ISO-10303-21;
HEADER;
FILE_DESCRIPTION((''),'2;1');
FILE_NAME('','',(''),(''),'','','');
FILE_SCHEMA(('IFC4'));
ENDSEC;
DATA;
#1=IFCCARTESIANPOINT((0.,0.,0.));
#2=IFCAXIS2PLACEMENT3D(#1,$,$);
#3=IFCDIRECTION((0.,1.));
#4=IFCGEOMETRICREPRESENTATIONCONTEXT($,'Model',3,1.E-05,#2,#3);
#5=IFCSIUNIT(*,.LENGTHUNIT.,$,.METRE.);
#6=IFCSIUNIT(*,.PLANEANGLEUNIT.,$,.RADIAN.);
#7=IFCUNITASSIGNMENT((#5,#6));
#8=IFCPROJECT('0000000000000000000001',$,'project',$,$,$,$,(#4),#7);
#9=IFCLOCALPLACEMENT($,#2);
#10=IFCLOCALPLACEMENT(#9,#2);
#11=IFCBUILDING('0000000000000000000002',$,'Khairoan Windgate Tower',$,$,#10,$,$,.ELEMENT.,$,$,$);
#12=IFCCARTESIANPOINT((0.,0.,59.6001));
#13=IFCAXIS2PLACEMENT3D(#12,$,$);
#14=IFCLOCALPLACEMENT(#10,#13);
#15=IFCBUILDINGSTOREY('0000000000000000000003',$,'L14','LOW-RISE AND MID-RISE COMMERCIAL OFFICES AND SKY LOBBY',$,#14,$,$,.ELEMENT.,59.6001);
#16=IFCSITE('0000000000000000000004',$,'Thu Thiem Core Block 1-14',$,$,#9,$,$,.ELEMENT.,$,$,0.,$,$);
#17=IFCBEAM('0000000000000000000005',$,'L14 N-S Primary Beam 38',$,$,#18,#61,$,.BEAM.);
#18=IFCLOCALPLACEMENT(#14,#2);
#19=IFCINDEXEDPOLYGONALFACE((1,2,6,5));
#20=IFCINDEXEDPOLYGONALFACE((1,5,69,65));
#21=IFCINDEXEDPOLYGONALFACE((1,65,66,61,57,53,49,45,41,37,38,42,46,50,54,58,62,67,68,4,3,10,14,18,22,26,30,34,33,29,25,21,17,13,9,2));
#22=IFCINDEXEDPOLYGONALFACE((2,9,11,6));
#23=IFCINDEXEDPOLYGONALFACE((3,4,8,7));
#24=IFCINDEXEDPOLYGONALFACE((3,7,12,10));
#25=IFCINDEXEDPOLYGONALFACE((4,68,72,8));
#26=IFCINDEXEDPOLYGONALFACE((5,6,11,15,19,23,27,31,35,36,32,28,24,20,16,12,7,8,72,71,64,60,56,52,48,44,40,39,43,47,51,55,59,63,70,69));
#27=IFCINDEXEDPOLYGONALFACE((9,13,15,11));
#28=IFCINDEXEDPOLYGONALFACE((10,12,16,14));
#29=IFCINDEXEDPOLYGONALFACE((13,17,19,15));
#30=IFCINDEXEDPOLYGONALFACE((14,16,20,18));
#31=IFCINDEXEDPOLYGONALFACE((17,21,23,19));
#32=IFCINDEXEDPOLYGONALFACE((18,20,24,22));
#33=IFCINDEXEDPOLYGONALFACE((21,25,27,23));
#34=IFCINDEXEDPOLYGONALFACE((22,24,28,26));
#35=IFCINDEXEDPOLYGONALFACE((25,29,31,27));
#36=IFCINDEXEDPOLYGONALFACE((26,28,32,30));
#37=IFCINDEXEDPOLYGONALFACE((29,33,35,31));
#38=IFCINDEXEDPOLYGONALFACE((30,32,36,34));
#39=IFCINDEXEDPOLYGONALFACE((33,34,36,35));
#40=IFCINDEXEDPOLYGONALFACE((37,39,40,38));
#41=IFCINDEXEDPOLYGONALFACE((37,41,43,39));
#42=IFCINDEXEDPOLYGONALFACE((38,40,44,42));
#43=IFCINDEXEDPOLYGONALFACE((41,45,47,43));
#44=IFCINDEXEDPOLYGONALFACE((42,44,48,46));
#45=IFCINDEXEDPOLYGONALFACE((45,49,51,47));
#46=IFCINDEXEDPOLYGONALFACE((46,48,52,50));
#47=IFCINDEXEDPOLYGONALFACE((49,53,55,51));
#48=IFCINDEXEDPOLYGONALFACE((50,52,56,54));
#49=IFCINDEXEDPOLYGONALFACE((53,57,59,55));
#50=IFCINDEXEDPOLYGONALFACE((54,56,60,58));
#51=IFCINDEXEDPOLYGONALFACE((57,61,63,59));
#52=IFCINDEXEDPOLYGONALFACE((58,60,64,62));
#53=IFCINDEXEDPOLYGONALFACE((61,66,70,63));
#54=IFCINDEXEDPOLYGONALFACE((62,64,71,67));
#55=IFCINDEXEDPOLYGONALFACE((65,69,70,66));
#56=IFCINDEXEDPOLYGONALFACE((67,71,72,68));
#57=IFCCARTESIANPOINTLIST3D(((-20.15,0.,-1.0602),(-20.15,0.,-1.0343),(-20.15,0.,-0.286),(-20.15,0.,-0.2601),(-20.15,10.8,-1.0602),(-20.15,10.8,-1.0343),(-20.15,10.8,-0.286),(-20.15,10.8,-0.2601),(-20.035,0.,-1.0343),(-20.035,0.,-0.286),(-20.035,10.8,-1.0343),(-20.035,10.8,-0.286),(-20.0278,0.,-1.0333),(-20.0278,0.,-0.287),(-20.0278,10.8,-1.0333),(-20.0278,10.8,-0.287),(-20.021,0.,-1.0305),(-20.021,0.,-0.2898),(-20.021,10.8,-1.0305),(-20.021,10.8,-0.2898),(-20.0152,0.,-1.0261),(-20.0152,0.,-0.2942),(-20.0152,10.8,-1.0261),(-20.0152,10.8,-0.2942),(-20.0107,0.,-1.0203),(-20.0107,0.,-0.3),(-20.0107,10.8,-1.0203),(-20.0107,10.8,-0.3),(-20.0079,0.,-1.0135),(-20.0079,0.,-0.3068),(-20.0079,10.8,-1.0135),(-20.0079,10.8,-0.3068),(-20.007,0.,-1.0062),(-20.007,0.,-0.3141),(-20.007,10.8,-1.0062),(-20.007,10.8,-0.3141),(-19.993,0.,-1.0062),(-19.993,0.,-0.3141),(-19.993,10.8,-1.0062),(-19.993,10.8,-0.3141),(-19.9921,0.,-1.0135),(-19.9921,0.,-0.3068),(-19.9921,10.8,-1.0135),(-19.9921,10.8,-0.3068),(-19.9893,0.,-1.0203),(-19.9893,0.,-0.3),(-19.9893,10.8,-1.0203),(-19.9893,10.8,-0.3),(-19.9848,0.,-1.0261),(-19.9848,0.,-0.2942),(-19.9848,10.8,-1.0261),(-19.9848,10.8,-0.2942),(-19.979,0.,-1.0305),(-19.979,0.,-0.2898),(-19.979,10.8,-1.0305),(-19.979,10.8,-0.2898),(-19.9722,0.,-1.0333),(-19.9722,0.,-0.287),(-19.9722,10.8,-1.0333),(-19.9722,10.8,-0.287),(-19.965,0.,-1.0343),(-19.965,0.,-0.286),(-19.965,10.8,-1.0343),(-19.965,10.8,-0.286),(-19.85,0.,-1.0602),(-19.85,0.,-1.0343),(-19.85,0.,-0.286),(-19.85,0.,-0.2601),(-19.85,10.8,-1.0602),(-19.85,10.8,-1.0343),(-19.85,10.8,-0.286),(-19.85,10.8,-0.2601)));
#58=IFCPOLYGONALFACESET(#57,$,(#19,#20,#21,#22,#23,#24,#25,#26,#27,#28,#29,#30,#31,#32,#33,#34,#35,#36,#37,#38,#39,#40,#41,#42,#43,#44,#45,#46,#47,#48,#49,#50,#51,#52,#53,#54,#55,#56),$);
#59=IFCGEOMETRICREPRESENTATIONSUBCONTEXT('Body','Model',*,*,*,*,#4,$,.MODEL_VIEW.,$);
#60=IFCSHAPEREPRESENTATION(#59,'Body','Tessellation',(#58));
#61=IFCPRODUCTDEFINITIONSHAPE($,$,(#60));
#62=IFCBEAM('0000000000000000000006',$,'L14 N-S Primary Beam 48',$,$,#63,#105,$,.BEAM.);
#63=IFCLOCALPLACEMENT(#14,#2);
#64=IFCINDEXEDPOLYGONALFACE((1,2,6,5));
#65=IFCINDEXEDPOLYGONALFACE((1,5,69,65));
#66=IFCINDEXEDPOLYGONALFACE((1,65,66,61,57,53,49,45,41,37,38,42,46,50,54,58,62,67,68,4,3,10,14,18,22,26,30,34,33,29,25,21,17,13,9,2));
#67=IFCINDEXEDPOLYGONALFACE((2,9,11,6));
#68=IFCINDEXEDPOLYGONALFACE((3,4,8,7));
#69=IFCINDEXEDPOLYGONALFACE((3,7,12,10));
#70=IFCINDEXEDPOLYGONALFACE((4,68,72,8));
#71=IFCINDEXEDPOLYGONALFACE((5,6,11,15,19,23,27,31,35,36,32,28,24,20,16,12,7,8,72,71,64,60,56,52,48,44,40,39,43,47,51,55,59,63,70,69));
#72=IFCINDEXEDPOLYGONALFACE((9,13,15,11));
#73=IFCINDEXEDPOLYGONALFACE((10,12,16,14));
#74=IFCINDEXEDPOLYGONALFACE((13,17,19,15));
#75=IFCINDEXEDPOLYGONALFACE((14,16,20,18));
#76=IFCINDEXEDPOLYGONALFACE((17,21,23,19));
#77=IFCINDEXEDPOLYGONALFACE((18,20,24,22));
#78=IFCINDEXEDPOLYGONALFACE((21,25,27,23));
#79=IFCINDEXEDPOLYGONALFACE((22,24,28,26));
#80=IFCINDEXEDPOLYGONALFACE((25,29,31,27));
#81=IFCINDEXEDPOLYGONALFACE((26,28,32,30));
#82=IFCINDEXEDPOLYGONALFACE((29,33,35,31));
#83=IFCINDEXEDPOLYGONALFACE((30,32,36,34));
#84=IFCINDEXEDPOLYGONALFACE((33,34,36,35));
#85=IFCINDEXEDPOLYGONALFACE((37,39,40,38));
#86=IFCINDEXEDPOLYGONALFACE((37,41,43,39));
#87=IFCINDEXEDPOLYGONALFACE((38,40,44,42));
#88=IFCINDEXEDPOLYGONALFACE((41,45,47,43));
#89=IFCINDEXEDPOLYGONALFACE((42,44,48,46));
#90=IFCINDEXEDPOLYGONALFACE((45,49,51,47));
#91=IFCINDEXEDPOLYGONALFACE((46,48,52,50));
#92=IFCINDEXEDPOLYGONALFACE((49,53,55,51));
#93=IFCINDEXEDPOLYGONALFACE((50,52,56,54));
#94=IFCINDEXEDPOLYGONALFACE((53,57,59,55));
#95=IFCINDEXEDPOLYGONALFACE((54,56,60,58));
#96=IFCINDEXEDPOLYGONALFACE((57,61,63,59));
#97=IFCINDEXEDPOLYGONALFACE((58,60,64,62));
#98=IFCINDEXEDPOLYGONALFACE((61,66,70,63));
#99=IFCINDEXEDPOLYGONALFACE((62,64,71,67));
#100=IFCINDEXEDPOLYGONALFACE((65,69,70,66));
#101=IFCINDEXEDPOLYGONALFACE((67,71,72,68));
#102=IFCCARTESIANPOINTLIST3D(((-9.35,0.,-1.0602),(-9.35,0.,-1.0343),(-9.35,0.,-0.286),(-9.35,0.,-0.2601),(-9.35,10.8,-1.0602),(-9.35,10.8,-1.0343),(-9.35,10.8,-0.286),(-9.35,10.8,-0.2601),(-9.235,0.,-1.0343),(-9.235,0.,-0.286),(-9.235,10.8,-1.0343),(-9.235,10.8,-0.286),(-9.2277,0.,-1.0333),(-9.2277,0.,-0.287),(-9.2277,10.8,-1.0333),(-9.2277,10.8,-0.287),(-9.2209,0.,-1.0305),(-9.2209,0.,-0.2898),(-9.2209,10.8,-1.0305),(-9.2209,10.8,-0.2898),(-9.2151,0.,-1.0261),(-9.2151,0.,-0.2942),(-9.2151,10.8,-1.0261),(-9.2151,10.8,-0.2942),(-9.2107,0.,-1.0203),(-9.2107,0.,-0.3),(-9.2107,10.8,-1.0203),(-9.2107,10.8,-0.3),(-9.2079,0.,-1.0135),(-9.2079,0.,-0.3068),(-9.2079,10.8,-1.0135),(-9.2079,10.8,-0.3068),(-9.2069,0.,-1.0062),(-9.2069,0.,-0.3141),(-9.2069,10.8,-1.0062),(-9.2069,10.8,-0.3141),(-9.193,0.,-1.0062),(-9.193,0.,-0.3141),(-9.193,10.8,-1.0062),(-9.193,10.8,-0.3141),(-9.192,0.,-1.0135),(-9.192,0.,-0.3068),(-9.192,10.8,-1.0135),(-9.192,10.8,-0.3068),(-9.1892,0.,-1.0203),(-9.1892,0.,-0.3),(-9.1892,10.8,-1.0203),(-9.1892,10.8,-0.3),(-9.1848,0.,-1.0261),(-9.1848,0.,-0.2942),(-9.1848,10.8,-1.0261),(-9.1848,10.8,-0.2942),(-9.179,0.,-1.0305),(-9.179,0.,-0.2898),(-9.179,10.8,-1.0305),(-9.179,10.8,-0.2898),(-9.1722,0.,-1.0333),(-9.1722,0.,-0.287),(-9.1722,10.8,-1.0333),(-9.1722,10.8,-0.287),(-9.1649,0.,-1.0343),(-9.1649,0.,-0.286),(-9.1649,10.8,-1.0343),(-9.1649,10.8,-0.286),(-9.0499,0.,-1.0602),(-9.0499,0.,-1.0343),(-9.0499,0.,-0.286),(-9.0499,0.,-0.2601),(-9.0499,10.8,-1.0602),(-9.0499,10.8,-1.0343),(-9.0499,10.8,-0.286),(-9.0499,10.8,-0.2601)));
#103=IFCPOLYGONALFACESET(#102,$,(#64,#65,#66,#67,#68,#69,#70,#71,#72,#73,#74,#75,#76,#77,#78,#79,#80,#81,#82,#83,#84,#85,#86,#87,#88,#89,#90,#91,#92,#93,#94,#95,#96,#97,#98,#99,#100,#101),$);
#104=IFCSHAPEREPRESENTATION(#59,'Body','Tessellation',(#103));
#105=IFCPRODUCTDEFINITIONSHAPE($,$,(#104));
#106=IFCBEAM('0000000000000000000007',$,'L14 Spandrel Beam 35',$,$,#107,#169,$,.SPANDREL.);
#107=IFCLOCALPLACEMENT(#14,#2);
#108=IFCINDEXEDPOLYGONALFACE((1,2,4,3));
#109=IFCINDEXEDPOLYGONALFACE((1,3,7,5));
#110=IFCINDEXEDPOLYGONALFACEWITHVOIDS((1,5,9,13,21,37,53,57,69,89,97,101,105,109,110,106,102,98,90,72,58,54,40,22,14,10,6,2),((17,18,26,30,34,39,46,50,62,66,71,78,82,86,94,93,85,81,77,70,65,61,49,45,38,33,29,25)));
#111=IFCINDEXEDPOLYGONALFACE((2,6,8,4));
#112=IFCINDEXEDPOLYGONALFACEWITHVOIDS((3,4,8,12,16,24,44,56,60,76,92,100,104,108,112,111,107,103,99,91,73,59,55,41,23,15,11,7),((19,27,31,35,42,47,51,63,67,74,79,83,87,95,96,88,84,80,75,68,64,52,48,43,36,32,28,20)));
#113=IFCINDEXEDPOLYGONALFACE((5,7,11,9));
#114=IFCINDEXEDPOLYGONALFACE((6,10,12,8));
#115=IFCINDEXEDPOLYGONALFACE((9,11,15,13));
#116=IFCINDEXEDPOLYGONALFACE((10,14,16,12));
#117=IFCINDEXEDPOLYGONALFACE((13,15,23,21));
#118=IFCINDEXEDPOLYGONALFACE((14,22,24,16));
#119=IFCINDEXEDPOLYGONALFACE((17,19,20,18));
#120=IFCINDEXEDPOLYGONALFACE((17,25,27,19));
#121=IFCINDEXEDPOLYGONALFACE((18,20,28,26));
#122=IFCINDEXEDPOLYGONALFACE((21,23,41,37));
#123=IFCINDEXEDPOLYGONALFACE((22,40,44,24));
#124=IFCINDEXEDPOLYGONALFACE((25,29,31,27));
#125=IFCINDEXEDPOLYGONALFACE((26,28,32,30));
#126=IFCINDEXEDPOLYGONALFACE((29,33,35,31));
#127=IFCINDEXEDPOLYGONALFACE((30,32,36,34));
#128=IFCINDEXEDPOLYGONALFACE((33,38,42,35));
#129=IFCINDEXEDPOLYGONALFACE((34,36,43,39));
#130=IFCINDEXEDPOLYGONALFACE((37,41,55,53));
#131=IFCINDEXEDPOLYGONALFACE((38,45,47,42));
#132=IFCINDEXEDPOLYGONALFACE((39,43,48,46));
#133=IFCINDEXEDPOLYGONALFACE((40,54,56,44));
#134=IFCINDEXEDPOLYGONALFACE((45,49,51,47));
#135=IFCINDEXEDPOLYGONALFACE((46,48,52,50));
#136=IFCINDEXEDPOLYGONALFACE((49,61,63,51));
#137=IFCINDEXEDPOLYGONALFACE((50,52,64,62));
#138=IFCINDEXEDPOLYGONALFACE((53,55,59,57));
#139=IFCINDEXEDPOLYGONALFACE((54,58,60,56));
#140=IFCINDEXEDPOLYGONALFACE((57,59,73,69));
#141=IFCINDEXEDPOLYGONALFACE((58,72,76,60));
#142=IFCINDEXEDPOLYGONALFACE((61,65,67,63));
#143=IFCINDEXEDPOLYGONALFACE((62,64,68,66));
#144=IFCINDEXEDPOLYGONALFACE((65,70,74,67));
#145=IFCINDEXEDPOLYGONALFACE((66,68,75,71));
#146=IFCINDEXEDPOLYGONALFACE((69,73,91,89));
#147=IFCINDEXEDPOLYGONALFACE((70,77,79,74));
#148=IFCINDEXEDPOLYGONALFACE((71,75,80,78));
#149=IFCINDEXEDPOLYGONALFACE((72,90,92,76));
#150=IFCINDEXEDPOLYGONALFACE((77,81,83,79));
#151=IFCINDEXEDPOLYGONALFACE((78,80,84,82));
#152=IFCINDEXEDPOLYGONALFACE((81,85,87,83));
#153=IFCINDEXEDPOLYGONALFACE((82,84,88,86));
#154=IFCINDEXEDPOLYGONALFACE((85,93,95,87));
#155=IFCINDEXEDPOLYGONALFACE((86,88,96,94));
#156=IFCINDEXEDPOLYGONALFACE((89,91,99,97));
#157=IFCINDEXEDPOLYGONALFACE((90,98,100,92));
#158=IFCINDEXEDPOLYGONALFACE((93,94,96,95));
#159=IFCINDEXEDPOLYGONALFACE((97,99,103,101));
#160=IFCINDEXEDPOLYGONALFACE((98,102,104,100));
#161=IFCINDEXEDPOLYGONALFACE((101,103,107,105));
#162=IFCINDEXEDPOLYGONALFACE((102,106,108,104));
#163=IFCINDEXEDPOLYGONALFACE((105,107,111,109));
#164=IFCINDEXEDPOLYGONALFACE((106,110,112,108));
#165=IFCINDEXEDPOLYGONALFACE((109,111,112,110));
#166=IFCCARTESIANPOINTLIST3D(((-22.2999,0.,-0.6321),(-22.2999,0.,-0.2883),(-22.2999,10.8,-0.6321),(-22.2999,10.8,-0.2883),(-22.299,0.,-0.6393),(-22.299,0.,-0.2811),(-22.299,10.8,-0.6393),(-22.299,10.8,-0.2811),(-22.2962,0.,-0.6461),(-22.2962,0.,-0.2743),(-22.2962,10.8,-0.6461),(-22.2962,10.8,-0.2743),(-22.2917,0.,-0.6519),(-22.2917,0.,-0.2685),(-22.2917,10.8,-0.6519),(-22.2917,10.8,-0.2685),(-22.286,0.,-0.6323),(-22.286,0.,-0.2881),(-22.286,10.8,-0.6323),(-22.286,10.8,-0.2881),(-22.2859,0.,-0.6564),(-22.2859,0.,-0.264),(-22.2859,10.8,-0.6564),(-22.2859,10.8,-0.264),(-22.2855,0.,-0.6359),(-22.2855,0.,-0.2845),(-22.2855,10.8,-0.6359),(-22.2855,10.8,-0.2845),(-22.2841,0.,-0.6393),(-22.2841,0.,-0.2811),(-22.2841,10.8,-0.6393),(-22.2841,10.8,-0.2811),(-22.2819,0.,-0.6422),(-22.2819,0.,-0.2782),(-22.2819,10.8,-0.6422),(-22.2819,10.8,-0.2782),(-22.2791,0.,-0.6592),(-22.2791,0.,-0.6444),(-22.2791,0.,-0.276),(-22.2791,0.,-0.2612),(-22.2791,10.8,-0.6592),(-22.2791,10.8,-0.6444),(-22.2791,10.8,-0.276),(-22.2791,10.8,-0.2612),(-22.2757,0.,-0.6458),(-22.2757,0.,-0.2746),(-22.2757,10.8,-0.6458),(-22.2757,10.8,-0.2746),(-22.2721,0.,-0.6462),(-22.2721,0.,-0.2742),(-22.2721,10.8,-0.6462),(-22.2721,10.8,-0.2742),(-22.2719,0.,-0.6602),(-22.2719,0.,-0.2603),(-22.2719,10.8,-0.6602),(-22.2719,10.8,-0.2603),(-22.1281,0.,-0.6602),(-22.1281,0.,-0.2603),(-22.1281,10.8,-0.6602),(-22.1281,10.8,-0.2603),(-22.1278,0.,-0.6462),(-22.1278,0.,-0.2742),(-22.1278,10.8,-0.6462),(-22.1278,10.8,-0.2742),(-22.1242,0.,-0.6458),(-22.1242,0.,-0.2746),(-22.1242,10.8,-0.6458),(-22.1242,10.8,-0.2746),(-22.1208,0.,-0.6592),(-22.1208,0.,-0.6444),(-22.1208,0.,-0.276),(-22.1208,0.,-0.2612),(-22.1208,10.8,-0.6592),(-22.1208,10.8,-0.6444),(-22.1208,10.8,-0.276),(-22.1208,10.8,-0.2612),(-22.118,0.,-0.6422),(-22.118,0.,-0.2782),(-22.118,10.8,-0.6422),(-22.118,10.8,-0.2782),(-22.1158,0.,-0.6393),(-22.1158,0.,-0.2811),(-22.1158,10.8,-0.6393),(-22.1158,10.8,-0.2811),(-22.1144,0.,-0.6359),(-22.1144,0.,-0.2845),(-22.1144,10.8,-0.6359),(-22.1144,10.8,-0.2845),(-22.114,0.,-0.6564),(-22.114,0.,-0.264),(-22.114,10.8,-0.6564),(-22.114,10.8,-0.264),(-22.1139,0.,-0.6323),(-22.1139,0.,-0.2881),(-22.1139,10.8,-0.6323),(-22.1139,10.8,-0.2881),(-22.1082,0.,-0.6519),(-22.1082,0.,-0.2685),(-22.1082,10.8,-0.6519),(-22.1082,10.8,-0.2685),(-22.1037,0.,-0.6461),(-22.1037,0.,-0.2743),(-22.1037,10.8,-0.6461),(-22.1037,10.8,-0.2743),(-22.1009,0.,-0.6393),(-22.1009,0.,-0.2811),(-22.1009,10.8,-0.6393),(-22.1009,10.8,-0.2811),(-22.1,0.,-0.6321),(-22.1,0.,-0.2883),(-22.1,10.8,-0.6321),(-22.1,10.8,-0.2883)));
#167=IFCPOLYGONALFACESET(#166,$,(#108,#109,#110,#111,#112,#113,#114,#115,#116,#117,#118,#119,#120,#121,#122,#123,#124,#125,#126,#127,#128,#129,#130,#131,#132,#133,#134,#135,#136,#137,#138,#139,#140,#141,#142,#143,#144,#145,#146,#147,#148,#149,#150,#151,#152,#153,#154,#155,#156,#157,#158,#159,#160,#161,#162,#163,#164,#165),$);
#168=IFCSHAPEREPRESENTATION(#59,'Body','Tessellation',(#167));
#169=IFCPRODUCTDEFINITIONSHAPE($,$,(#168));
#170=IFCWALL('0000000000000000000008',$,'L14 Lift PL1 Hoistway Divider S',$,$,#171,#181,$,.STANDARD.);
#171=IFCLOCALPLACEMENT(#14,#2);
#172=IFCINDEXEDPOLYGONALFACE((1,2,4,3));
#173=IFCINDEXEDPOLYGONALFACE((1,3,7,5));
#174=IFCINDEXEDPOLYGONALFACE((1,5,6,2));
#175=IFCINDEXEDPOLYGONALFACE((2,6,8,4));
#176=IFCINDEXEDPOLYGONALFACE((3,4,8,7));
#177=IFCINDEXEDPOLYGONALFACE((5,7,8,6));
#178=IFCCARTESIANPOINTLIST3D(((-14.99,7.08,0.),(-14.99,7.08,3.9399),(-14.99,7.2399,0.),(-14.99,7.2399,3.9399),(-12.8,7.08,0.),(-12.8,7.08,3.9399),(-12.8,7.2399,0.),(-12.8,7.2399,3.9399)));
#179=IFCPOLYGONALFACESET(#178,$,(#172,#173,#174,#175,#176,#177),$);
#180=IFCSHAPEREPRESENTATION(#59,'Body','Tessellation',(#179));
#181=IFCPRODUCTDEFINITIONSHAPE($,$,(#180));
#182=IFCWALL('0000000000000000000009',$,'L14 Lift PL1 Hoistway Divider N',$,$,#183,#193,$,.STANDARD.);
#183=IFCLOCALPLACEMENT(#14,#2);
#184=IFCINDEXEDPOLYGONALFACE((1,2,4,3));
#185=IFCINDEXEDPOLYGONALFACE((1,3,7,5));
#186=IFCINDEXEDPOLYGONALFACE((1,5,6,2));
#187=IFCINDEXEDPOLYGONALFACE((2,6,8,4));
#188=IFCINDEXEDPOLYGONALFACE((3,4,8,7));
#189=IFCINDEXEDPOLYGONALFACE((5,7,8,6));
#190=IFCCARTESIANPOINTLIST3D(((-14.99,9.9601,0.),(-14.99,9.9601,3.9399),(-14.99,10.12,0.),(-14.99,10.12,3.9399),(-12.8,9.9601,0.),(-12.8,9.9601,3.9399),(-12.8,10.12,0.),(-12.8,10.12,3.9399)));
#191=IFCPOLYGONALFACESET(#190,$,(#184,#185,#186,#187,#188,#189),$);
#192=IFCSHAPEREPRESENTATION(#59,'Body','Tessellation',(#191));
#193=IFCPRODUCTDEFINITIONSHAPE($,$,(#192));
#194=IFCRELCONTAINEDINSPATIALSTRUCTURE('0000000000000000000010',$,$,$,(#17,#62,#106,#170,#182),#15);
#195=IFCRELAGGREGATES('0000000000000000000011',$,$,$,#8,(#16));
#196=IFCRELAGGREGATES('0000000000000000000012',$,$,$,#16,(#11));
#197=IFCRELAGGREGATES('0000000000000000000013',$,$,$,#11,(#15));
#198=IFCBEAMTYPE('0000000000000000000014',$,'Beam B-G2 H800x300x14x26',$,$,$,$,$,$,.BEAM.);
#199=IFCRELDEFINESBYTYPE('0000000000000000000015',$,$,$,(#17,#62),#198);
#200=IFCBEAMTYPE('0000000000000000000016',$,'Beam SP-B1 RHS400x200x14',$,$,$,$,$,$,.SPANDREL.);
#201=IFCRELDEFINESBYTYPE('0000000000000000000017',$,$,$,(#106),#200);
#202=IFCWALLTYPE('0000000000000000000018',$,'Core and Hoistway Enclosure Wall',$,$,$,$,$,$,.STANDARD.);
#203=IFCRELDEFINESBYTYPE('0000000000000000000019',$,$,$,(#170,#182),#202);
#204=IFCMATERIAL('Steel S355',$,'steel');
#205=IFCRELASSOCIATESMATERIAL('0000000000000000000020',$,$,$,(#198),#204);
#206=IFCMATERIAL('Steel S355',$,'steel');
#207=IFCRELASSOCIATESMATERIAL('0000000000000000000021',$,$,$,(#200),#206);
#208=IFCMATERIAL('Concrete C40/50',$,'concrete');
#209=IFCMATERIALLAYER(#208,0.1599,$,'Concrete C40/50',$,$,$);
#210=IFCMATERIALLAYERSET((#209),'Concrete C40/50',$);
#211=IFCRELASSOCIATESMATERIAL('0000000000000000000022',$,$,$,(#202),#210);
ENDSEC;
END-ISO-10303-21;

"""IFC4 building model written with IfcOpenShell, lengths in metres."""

from ifc_helpers import new_model, si_unit, direction, frame, frame_2d, origin, origin_2d, place, context, subcontext, project, spatial, rectangle, hollow_rectangle, i_section, extrude, material, layer, layer_set, material_profile, profile_set, type_object, element, save


model = new_model("IFC4")

# Units and contexts
model_context = context("Model", 3, precision=1e-05, world=origin(), true_north=direction((0.0, 1.0)))
body_context = subcontext(model_context, "Body", "Model", "MODEL_VIEW")
ifc_project = project(units=[si_unit("LENGTHUNIT", "METRE"), si_unit("PLANEANGLEUNIT", "RADIAN")], contexts=[model_context])

# Site, building, storey
site_placement = place(None, origin())
site = spatial("IfcSite", under=ifc_project, at=site_placement, Name="Thu Thiem Core Block 1-14", CompositionType="ELEMENT", RefElevation=0.0)
building_placement = place(site_placement, origin())
building = spatial("IfcBuilding", under=site, at=building_placement, Name="Khairoan Windgate Tower", CompositionType="ELEMENT")
storey_placement = place(building_placement, frame((0.0, 0.0, 59.6001)))
storey = spatial("IfcBuildingStorey", under=building, at=storey_placement, Name="L14", Description="LOW-RISE AND MID-RISE COMMERCIAL OFFICES AND SKY LOBBY", CompositionType="ELEMENT", Elevation=59.6001)

# Beams
ifc_material_1 = material(Name="Steel S355", Category="steel")
ifc_material_profile_1 = material_profile(ifc_material_1, i_section(OverallWidth=0.3, OverallDepth=0.8, WebThickness=0.0139, FlangeThickness=0.0259, FilletRadius=0.0281, at=origin_2d()))
ifc_profile_set_1 = profile_set([ifc_material_profile_1], Name="Steel S355")
beam_type_1 = type_object("IfcBeamType", Name="Beam B-G2 H800x300x14x26", PredefinedType="BEAM", material=ifc_profile_set_1)
for number, where, z_axis, x_axis, name in (
    (1, (-20.0, 0.0, -0.6602), (0.0, 1.0, 0.0), (-1.0, 0.0, 0.0), "L14 N-S Primary Beam 38"),
    (2, (-9.2, 0.0, -0.6602), (0.0, 1.0, 0.0), (-1.0, 0.0, 0.0), "L14 N-S Primary Beam 48"),
):
    element("IfcBeam", number, at=place(storey_placement, frame(where, z_axis=z_axis, x_axis=x_axis)), inside=storey, type_object=beam_type_1, Name=name, PredefinedType="BEAM", context=body_context, shape_type="SweptSolid", body=[
        extrude(i_section(OverallWidth=0.3, OverallDepth=0.8, WebThickness=0.0139, FlangeThickness=0.0259, FilletRadius=0.0281, at=origin_2d()), origin(), (0.0, 0.0, 1.0), 10.8),
    ])
ifc_material_2 = material(Name="Steel S355", Category="steel")
ifc_material_profile_2 = material_profile(ifc_material_2, hollow_rectangle(XDim=0.2, YDim=0.3999, WallThickness=0.0139, InnerFilletRadius=0.0139, OuterFilletRadius=0.0281, at=origin_2d()))
ifc_profile_set_2 = profile_set([ifc_material_profile_2], Name="Steel S355")
beam_type_2 = type_object("IfcBeamType", Name="Beam SP-B1 RHS400x200x14", PredefinedType="SPANDREL", material=ifc_profile_set_2)
beam_1_placement = place(storey_placement, frame((-22.2, 0.0, -0.4602), z_axis=(0.0, 1.0, 0.0), x_axis=(-1.0, 0.0, 0.0)))
element("IfcBeam", 3, at=beam_1_placement, inside=storey, type_object=beam_type_2, Name="L14 Spandrel Beam 35", PredefinedType="SPANDREL", context=body_context, shape_type="SweptSolid", body=[
    extrude(hollow_rectangle(XDim=0.2, YDim=0.3999, WallThickness=0.0139, InnerFilletRadius=0.0139, OuterFilletRadius=0.0281, at=origin_2d()), origin(), (0.0, 0.0, 1.0), 10.8),
])

# Walls
ifc_material_3 = material(Name="Concrete C40/50", Category="concrete")
ifc_layer_1 = layer(ifc_material_3, 0.1599, Name="Concrete C40/50")
ifc_layer_set_1 = layer_set([ifc_layer_1], Name="Concrete C40/50")
wall_type_1 = type_object("IfcWallType", Name="Core and Hoistway Enclosure Wall", PredefinedType="STANDARD", material=ifc_layer_set_1)
for number, where, z_axis, x_axis, name in (
    (4, (-14.99, 7.1599, 0.0), (0.0, 0.0, 1.0), (1.0, 0.0, 0.0), "L14 Lift PL1 Hoistway Divider S"),
    (5, (-14.99, 10.04, 0.0), (0.0, 0.0, 1.0), (1.0, 0.0, 0.0), "L14 Lift PL1 Hoistway Divider N"),
):
    element("IfcWall", number, at=place(storey_placement, frame(where, z_axis=z_axis, x_axis=x_axis)), inside=storey, type_object=wall_type_1, Name=name, PredefinedType="STANDARD", context=body_context, shape_type="SweptSolid", body=[
        extrude(rectangle(XDim=2.1899, YDim=0.1599, at=frame_2d((1.095, 0.0))), origin(), (0.0, 0.0, 1.0), 3.9399),
    ])

save(model, "model.ifc")
